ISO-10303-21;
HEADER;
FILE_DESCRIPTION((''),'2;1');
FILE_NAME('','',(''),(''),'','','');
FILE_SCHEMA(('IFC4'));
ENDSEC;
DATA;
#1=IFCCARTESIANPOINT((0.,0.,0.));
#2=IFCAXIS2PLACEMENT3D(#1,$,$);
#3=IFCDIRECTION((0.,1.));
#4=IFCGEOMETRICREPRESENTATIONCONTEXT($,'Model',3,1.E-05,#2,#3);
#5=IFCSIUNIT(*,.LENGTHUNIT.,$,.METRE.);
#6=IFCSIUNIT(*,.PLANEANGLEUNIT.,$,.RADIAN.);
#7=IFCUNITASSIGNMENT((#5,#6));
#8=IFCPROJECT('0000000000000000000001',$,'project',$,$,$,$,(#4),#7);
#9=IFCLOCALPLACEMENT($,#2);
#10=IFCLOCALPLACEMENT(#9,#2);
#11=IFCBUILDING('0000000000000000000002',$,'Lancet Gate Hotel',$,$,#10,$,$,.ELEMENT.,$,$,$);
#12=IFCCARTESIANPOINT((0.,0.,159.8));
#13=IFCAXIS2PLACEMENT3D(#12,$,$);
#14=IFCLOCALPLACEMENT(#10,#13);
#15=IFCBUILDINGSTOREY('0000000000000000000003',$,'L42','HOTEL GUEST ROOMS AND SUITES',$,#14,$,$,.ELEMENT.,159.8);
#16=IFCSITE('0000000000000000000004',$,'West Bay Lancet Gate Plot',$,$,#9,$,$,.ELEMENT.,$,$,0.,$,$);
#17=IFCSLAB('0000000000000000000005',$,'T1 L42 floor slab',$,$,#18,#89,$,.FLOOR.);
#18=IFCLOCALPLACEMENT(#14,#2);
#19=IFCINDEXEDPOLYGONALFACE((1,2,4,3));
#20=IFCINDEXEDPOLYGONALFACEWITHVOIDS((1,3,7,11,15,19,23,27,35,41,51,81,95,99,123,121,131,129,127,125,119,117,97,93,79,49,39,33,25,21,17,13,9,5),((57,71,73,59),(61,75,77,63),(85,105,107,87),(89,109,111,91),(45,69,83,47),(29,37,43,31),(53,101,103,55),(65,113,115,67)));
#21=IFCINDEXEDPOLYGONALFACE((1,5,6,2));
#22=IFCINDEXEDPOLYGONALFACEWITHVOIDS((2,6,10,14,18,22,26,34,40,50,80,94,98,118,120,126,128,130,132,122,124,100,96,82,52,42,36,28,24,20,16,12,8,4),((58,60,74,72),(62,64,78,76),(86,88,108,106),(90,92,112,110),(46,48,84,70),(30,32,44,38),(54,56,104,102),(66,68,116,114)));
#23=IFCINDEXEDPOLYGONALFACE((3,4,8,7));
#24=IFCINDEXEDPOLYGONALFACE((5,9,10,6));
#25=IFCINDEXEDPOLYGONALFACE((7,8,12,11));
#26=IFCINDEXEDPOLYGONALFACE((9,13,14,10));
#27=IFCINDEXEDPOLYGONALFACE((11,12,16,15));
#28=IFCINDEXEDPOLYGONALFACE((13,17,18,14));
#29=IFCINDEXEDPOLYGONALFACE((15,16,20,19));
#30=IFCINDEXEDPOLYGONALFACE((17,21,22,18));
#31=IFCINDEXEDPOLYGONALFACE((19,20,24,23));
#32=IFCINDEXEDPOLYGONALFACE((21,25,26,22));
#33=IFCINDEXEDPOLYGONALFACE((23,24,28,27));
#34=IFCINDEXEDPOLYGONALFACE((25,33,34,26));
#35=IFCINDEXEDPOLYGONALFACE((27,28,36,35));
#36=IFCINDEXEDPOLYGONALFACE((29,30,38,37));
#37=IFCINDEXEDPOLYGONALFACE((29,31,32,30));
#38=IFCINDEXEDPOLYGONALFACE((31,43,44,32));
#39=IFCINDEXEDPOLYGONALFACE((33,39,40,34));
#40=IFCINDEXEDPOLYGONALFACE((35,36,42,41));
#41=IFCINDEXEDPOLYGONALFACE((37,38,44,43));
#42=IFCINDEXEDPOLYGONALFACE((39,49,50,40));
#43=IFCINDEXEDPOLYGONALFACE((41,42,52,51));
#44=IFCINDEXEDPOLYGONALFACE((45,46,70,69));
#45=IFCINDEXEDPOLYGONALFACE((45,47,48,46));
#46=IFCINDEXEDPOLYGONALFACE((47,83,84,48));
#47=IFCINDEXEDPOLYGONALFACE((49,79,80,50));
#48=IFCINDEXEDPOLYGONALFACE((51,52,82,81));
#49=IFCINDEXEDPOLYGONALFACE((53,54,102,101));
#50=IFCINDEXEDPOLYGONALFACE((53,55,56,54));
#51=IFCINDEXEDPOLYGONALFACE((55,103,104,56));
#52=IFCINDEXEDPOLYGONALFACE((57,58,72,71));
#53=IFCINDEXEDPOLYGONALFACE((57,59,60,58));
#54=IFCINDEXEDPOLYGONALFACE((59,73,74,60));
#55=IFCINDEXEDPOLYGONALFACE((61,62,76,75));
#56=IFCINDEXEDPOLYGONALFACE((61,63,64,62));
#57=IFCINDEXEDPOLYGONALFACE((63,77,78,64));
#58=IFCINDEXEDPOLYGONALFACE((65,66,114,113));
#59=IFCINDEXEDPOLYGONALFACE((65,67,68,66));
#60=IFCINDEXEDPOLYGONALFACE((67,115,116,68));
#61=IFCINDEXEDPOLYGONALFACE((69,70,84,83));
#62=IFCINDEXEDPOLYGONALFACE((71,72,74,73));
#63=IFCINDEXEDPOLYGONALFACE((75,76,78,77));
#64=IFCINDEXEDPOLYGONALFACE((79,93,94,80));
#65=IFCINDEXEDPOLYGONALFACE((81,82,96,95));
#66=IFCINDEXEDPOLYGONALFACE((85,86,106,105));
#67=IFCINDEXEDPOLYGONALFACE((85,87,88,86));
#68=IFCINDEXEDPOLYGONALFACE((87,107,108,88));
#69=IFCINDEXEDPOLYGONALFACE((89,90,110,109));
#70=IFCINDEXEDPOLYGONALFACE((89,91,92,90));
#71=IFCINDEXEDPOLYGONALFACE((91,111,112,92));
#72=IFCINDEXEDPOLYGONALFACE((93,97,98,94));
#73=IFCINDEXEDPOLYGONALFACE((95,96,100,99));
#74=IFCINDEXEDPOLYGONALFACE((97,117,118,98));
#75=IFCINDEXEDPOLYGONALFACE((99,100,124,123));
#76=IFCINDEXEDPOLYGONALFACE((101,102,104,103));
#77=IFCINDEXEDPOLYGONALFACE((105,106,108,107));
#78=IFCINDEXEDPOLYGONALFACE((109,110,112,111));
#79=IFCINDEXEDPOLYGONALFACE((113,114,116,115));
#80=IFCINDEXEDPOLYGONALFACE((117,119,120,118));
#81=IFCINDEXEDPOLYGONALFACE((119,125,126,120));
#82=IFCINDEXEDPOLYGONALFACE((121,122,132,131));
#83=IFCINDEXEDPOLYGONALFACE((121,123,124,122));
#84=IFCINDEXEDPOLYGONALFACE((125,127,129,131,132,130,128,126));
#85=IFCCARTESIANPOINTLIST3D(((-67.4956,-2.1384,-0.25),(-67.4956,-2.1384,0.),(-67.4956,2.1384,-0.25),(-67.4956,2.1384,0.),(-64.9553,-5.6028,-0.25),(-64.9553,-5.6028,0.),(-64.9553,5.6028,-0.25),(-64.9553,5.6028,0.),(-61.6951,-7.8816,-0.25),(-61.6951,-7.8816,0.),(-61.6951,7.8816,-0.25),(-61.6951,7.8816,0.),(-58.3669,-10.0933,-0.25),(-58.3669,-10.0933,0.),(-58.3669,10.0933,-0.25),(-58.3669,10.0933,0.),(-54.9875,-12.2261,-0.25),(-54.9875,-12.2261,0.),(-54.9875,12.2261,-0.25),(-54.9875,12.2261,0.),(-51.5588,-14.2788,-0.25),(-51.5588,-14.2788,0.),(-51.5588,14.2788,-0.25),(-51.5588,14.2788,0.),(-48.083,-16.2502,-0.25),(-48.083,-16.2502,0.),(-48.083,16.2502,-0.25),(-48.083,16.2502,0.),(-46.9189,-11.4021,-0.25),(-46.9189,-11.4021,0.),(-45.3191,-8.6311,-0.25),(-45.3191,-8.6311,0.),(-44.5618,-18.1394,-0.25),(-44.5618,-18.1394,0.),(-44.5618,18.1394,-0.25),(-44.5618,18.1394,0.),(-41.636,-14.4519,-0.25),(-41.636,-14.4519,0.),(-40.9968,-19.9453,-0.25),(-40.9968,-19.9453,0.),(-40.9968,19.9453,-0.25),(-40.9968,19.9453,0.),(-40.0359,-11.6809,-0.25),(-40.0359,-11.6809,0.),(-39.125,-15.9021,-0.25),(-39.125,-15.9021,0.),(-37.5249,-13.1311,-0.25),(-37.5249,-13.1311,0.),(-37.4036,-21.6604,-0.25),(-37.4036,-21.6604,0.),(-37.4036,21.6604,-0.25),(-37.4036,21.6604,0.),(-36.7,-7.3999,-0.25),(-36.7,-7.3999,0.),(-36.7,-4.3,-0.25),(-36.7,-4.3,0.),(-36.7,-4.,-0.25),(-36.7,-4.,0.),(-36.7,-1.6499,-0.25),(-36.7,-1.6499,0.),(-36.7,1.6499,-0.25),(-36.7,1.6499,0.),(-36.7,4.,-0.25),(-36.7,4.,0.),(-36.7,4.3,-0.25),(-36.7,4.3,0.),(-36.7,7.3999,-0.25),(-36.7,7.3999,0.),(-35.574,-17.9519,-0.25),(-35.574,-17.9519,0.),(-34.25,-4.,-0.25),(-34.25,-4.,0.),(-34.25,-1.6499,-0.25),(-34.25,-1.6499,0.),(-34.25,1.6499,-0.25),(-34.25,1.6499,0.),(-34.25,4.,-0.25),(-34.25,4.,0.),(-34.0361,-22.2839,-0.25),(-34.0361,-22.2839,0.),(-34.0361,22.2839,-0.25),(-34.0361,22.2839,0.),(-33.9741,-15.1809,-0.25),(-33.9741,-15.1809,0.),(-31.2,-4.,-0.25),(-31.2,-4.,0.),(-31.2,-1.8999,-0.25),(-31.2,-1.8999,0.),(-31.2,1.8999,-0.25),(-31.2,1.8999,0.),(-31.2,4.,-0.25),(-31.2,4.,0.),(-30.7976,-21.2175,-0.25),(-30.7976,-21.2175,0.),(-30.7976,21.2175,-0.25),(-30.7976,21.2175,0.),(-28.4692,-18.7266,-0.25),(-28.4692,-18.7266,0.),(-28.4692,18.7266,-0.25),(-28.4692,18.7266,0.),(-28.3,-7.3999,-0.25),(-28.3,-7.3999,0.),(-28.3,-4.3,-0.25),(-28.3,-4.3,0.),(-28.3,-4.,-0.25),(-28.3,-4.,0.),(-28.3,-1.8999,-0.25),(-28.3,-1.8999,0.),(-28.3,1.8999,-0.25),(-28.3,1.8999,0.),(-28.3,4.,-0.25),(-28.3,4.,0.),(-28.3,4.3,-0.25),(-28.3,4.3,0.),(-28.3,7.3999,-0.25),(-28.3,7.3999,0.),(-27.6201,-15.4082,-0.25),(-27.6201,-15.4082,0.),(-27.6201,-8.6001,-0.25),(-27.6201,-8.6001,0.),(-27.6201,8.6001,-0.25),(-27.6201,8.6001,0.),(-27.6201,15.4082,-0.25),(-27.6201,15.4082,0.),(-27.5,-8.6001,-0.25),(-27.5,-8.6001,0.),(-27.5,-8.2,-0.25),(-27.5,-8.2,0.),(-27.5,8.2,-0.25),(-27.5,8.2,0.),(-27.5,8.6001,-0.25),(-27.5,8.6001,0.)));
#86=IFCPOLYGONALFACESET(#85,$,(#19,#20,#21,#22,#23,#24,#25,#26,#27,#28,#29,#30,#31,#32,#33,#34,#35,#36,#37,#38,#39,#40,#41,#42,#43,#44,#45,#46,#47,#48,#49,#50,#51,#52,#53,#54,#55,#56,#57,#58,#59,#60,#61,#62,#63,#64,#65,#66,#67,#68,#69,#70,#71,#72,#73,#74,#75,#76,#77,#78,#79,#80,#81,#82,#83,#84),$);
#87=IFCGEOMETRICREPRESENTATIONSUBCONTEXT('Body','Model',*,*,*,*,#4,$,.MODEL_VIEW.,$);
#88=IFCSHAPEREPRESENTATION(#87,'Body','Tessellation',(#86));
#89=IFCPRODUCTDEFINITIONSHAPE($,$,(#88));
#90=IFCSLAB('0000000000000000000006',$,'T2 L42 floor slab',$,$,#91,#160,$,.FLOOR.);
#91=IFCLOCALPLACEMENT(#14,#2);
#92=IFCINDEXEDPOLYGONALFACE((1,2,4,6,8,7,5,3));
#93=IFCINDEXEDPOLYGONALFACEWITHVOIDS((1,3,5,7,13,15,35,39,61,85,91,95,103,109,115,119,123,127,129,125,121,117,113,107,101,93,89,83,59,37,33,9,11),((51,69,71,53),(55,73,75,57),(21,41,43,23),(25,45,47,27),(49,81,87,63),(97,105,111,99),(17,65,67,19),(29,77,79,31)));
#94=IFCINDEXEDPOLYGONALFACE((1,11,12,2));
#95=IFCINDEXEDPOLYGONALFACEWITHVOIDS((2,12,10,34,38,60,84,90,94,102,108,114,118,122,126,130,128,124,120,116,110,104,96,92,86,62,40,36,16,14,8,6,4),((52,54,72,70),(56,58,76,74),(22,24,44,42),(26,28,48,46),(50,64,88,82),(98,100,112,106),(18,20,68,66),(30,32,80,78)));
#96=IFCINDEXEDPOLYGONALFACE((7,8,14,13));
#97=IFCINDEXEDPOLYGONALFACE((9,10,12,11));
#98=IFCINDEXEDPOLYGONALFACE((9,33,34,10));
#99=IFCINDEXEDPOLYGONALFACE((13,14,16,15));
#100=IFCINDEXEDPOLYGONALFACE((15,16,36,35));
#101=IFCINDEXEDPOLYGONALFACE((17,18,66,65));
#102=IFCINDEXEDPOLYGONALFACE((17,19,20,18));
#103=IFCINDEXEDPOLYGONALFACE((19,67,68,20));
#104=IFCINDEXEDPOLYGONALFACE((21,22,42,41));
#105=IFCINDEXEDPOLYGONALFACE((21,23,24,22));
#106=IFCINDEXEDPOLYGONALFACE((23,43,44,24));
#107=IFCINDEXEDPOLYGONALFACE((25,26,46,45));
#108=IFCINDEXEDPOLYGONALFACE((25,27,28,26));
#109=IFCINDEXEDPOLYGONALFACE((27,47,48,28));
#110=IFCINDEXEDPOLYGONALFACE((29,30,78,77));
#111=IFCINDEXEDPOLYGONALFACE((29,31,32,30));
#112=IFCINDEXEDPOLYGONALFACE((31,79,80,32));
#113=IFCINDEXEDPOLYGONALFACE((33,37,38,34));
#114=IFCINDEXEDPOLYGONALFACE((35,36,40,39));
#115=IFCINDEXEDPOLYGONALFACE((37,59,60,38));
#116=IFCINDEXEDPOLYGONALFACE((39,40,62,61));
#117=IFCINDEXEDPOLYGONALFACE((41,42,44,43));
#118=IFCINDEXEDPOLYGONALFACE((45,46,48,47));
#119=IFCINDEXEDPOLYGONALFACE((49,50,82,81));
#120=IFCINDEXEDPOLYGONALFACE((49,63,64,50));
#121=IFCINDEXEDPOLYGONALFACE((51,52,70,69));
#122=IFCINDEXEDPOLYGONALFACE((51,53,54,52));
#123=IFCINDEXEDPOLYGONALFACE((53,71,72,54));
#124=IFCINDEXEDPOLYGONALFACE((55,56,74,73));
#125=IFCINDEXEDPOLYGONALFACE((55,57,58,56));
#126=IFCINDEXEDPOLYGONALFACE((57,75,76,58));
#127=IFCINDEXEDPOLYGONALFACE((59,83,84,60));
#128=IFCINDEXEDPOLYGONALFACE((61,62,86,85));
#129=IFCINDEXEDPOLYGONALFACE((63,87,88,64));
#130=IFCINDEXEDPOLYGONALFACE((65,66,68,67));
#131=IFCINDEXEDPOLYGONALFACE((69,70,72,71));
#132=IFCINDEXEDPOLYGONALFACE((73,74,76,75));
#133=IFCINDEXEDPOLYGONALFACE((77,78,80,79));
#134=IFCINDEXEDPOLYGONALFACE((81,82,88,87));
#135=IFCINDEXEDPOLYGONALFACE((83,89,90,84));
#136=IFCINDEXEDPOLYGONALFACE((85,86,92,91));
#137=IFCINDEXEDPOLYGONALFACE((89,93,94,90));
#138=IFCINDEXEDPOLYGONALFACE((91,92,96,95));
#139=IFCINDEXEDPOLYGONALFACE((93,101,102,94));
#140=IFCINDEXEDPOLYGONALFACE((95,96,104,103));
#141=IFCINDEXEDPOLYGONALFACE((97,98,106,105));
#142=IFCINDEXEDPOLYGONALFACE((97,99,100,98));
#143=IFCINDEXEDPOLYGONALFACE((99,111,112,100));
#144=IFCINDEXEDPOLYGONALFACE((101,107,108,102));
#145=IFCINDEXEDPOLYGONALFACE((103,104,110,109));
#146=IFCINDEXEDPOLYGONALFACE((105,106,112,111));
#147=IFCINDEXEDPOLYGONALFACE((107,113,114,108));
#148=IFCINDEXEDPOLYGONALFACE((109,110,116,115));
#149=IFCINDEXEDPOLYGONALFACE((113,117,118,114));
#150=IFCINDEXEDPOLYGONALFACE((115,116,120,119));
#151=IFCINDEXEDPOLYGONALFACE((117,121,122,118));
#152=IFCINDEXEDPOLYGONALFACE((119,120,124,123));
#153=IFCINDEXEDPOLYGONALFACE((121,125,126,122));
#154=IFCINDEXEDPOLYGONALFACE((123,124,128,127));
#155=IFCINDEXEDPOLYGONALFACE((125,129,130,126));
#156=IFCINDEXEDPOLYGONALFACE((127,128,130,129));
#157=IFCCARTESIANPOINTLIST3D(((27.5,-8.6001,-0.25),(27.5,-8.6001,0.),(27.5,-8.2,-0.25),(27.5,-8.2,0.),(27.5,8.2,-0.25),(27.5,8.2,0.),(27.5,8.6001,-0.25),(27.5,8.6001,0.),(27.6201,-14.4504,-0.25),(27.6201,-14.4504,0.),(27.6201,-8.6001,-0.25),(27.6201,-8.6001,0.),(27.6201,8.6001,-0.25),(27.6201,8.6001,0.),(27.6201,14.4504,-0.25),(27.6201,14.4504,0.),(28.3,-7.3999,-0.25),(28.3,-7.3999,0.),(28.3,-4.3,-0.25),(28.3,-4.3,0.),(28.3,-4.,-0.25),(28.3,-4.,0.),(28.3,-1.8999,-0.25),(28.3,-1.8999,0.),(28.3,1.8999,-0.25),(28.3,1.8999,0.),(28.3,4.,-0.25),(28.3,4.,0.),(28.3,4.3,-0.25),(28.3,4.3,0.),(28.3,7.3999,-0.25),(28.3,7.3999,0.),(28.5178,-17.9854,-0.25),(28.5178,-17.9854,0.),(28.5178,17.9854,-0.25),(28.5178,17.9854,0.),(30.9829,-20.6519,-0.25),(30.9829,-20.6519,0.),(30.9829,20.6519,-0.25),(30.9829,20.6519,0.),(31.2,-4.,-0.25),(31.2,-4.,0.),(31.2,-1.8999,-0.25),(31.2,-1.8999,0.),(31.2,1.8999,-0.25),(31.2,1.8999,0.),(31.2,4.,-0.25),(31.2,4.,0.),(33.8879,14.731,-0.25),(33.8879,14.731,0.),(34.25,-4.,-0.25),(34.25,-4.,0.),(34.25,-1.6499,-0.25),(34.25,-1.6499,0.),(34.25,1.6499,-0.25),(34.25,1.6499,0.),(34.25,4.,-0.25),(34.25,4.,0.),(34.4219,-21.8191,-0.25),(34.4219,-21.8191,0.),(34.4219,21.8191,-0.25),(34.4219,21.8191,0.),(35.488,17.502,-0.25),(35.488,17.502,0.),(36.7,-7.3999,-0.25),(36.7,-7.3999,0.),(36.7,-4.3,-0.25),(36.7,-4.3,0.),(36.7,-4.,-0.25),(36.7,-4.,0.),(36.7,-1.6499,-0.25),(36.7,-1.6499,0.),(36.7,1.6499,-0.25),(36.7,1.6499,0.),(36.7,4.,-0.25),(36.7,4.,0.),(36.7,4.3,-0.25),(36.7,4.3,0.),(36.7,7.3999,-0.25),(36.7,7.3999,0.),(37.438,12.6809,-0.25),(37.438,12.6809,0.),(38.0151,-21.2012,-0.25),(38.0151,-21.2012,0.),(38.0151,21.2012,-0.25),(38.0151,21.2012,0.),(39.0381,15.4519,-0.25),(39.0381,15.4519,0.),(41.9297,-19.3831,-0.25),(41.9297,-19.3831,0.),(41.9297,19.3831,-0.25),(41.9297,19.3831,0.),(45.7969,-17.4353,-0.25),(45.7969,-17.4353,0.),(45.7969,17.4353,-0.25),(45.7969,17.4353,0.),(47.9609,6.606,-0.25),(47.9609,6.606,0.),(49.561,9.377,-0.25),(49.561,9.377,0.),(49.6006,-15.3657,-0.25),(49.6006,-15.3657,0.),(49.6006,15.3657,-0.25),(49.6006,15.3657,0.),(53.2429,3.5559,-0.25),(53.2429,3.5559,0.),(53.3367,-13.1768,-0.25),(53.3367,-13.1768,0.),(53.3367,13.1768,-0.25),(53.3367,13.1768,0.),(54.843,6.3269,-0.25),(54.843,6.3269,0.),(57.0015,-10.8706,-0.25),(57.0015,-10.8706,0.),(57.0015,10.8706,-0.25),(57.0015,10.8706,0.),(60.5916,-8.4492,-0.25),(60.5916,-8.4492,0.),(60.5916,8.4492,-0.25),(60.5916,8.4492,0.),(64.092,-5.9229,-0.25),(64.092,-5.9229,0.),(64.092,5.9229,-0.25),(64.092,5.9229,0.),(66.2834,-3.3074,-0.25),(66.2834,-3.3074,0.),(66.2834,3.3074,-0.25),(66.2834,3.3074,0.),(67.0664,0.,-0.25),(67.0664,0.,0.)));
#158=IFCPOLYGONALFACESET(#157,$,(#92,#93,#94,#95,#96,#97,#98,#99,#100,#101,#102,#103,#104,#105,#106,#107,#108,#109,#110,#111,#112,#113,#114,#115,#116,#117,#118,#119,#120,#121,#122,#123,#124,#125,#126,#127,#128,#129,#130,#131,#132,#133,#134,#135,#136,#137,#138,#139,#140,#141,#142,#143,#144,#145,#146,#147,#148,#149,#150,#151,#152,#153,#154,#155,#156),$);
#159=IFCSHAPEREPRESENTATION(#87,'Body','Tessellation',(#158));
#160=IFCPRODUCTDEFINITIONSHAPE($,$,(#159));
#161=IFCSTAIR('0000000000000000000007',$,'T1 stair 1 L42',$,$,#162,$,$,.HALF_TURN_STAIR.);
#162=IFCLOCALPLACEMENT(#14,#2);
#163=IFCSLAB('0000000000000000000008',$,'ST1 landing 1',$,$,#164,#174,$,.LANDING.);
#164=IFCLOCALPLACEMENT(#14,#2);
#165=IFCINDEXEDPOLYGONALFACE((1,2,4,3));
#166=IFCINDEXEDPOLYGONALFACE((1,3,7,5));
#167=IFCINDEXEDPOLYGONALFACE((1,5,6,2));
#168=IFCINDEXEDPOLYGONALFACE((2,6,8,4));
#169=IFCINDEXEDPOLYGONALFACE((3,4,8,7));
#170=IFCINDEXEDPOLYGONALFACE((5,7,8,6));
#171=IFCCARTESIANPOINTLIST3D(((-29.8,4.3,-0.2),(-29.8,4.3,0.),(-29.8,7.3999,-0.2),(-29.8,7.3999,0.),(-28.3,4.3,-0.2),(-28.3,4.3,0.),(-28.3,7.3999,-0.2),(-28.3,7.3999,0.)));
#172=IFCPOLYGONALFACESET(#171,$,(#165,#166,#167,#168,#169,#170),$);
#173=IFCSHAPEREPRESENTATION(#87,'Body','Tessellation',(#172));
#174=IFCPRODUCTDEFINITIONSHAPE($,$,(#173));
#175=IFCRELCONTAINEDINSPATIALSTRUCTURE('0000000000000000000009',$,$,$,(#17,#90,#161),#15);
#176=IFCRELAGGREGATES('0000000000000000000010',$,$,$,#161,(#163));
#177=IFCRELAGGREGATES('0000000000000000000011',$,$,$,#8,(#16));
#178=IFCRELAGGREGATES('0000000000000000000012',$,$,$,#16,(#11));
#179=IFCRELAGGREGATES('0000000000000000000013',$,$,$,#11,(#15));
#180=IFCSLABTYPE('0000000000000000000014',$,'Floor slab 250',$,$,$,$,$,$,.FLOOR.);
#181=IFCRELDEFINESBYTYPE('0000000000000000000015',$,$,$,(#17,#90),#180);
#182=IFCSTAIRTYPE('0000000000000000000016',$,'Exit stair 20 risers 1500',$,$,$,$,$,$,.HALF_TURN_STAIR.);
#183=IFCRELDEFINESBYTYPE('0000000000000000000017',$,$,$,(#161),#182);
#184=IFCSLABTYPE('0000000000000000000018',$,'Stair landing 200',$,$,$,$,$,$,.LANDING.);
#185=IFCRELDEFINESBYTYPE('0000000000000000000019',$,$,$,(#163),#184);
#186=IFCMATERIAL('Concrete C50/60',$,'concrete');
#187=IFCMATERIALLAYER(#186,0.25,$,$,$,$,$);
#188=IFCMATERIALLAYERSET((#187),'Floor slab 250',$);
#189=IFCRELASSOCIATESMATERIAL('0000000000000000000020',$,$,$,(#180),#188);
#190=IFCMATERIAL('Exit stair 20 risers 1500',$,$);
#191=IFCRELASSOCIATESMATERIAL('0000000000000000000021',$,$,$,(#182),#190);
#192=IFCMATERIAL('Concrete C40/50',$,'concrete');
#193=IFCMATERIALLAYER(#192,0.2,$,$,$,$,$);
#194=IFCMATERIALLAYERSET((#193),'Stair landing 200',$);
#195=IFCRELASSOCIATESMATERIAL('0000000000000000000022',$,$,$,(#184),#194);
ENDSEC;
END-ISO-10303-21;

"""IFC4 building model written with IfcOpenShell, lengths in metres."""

from ifc_helpers import new_model, si_unit, direction, frame, origin, place, context, subcontext, project, spatial, polyline, outline, extrude, material, layer, layer_set, type_object, element, aggregate, save


model = new_model("IFC4")

# Units and contexts
model_context = context("Model", 3, precision=1e-05, world=origin(), true_north=direction((0.0, 1.0)))
body_context = subcontext(model_context, "Body", "Model", "MODEL_VIEW")
ifc_project = project(units=[si_unit("LENGTHUNIT", "METRE"), si_unit("PLANEANGLEUNIT", "RADIAN")], contexts=[model_context])

# Site, building, storey
site_placement = place(None, origin())
site = spatial("IfcSite", under=ifc_project, at=site_placement, Name="West Bay Lancet Gate Plot", CompositionType="ELEMENT", RefElevation=0.0)
building_placement = place(site_placement, origin())
building = spatial("IfcBuilding", under=site, at=building_placement, Name="Lancet Gate Hotel", CompositionType="ELEMENT")
storey_placement = place(building_placement, frame((0.0, 0.0, 159.8)))
storey = spatial("IfcBuildingStorey", under=building, at=storey_placement, Name="L42", Description="HOTEL GUEST ROOMS AND SUITES", CompositionType="ELEMENT", Elevation=159.8)

# Slabs
ifc_material_1 = material(Name="Concrete C50/60", Category="concrete")
ifc_layer_1 = layer(ifc_material_1, 0.25)
ifc_layer_set_1 = layer_set([ifc_layer_1], Name="Floor slab 250")
slab_type_1 = type_object("IfcSlabType", Name="Floor slab 250", PredefinedType="FLOOR", material=ifc_layer_set_1)
slab_1_placement = place(storey_placement, frame((0.0, 0.0, -0.25)))
element("IfcSlab", 1, at=slab_1_placement, inside=storey, type_object=slab_type_1, Name="T1 L42 floor slab", PredefinedType="FLOOR", context=body_context, shape_type="SweptSolid", body=[
    extrude(outline(polyline([(-27.5, 8.6001), (-27.6201, 8.6001), (-27.6201, 15.4082), (-28.4692, 18.7266), (-30.7976, 21.2175), (-34.0361, 22.2839), (-37.4036, 21.6604), (-40.9968, 19.9453), (-44.5618, 18.1394), (-48.083, 16.2502), (-51.5588, 14.2788), (-54.9875, 12.2261), (-58.3669, 10.0933), (-61.6951, 7.8816), (-64.9553, 5.6028), (-67.4956, 2.1384), (-67.4956, -2.1384), (-64.9553, -5.6028), (-61.6951, -7.8816), (-58.3669, -10.0933), (-54.9875, -12.2261), (-51.5588, -14.2788), (-48.083, -16.2502), (-44.5618, -18.1394), (-40.9968, -19.9453), (-37.4036, -21.6604), (-34.0361, -22.2839), (-30.7976, -21.2175), (-28.4692, -18.7266), (-27.6201, -15.4082), (-27.6201, -8.6001), (-27.5, -8.6001), (-27.5, -8.2), (-27.5, 8.2), (-27.5, 8.6001)]), holes=[polyline([(-36.7, 7.3999), (-36.7, 4.3), (-28.3, 4.3), (-28.3, 7.3999), (-36.7, 7.3999)]), polyline([(-28.3, 4.0), (-31.2, 4.0), (-31.2, 1.8999), (-28.3, 1.8999), (-28.3, 4.0)]), polyline([(-34.25, 4.0), (-36.7, 4.0), (-36.7, 1.6499), (-34.25, 1.6499), (-34.25, 4.0)]), polyline([(-36.7, -1.6499), (-36.7, -4.0), (-34.25, -4.0), (-34.25, -1.6499), (-36.7, -1.6499)]), polyline([(-28.3, -1.8999), (-31.2, -1.8999), (-31.2, -4.0), (-28.3, -4.0), (-28.3, -1.8999)]), polyline([(-28.3, -4.3), (-36.7, -4.3), (-36.7, -7.3999), (-28.3, -7.3999), (-28.3, -4.3)]), polyline([(-40.0359, -11.6809), (-45.3191, -8.6311), (-46.9189, -11.4021), (-41.636, -14.4519), (-40.0359, -11.6809)]), polyline([(-33.9741, -15.1809), (-37.5249, -13.1311), (-39.125, -15.9021), (-35.574, -17.9519), (-33.9741, -15.1809)])]), origin(), (0.0, 0.0, 1.0), 0.25),
])
slab_2_placement = place(storey_placement, frame((0.0, 0.0, -0.25)))
element("IfcSlab", 2, at=slab_2_placement, inside=storey, type_object=slab_type_1, Name="T2 L42 floor slab", PredefinedType="FLOOR", context=body_context, shape_type="SweptSolid", body=[
    extrude(outline(polyline([(27.5, -8.6001), (27.6201, -8.6001), (27.6201, -14.4504), (28.5178, -17.9854), (30.9829, -20.6519), (34.4219, -21.8191), (38.0151, -21.2012), (41.9297, -19.3831), (45.7969, -17.4353), (49.6006, -15.3657), (53.3367, -13.1768), (57.0015, -10.8706), (60.5916, -8.4492), (64.092, -5.9229), (66.2834, -3.3074), (67.0664, 0.0), (66.2834, 3.3074), (64.092, 5.9229), (60.5916, 8.4492), (57.0015, 10.8706), (53.3367, 13.1768), (49.6006, 15.3657), (45.7969, 17.4353), (41.9297, 19.3831), (38.0151, 21.2012), (34.4219, 21.8191), (30.9829, 20.6519), (28.5178, 17.9854), (27.6201, 14.4504), (27.6201, 8.6001), (27.5, 8.6001), (27.5, 8.2), (27.5, -8.2), (27.5, -8.6001)]), holes=[polyline([(36.7, -7.3999), (36.7, -4.3), (28.3, -4.3), (28.3, -7.3999), (36.7, -7.3999)]), polyline([(28.3, -4.0), (31.2, -4.0), (31.2, -1.8999), (28.3, -1.8999), (28.3, -4.0)]), polyline([(34.25, -4.0), (36.7, -4.0), (36.7, -1.6499), (34.25, -1.6499), (34.25, -4.0)]), polyline([(36.7, 1.6499), (36.7, 4.0), (34.25, 4.0), (34.25, 1.6499), (36.7, 1.6499)]), polyline([(28.3, 1.8999), (31.2, 1.8999), (31.2, 4.0), (28.3, 4.0), (28.3, 1.8999)]), polyline([(28.3, 4.3), (36.7, 4.3), (36.7, 7.3999), (28.3, 7.3999), (28.3, 4.3)]), polyline([(47.9609, 6.606), (53.2429, 3.5559), (54.843, 6.3269), (49.561, 9.377), (47.9609, 6.606)]), polyline([(33.8879, 14.731), (37.438, 12.6809), (39.0381, 15.4519), (35.488, 17.502), (33.8879, 14.731)])]), origin(), (0.0, 0.0, 1.0), 0.25),
])

# Stair, slab
ifc_material_2 = material(Name="Exit stair 20 risers 1500")
stair_type = type_object("IfcStairType", Name="Exit stair 20 risers 1500", PredefinedType="HALF_TURN_STAIR", material=ifc_material_2)
stair_placement = place(storey_placement, origin())
stair = element("IfcStair", 3, at=stair_placement, inside=storey, type_object=stair_type, Name="T1 stair 1 L42", PredefinedType="HALF_TURN_STAIR")
ifc_material_3 = material(Name="Concrete C40/50", Category="concrete")
ifc_layer_2 = layer(ifc_material_3, 0.2)
ifc_layer_set_2 = layer_set([ifc_layer_2], Name="Stair landing 200")
slab_type_2 = type_object("IfcSlabType", Name="Stair landing 200", PredefinedType="LANDING", material=ifc_layer_set_2)
slab_3_placement = place(storey_placement, frame((0.0, 0.0, -0.2)))
slab_3 = element("IfcSlab", 4, at=slab_3_placement, type_object=slab_type_2, Name="ST1 landing 1", PredefinedType="LANDING", context=body_context, shape_type="SweptSolid", body=[
    extrude(outline(polyline([(-28.3, 7.3999), (-29.8, 7.3999), (-29.8, 4.3), (-28.3, 4.3), (-28.3, 7.3999)])), origin(), (0.0, 0.0, 1.0), 0.2),
])
aggregate(stair, [slab_3])

save(model, "model.ifc")
